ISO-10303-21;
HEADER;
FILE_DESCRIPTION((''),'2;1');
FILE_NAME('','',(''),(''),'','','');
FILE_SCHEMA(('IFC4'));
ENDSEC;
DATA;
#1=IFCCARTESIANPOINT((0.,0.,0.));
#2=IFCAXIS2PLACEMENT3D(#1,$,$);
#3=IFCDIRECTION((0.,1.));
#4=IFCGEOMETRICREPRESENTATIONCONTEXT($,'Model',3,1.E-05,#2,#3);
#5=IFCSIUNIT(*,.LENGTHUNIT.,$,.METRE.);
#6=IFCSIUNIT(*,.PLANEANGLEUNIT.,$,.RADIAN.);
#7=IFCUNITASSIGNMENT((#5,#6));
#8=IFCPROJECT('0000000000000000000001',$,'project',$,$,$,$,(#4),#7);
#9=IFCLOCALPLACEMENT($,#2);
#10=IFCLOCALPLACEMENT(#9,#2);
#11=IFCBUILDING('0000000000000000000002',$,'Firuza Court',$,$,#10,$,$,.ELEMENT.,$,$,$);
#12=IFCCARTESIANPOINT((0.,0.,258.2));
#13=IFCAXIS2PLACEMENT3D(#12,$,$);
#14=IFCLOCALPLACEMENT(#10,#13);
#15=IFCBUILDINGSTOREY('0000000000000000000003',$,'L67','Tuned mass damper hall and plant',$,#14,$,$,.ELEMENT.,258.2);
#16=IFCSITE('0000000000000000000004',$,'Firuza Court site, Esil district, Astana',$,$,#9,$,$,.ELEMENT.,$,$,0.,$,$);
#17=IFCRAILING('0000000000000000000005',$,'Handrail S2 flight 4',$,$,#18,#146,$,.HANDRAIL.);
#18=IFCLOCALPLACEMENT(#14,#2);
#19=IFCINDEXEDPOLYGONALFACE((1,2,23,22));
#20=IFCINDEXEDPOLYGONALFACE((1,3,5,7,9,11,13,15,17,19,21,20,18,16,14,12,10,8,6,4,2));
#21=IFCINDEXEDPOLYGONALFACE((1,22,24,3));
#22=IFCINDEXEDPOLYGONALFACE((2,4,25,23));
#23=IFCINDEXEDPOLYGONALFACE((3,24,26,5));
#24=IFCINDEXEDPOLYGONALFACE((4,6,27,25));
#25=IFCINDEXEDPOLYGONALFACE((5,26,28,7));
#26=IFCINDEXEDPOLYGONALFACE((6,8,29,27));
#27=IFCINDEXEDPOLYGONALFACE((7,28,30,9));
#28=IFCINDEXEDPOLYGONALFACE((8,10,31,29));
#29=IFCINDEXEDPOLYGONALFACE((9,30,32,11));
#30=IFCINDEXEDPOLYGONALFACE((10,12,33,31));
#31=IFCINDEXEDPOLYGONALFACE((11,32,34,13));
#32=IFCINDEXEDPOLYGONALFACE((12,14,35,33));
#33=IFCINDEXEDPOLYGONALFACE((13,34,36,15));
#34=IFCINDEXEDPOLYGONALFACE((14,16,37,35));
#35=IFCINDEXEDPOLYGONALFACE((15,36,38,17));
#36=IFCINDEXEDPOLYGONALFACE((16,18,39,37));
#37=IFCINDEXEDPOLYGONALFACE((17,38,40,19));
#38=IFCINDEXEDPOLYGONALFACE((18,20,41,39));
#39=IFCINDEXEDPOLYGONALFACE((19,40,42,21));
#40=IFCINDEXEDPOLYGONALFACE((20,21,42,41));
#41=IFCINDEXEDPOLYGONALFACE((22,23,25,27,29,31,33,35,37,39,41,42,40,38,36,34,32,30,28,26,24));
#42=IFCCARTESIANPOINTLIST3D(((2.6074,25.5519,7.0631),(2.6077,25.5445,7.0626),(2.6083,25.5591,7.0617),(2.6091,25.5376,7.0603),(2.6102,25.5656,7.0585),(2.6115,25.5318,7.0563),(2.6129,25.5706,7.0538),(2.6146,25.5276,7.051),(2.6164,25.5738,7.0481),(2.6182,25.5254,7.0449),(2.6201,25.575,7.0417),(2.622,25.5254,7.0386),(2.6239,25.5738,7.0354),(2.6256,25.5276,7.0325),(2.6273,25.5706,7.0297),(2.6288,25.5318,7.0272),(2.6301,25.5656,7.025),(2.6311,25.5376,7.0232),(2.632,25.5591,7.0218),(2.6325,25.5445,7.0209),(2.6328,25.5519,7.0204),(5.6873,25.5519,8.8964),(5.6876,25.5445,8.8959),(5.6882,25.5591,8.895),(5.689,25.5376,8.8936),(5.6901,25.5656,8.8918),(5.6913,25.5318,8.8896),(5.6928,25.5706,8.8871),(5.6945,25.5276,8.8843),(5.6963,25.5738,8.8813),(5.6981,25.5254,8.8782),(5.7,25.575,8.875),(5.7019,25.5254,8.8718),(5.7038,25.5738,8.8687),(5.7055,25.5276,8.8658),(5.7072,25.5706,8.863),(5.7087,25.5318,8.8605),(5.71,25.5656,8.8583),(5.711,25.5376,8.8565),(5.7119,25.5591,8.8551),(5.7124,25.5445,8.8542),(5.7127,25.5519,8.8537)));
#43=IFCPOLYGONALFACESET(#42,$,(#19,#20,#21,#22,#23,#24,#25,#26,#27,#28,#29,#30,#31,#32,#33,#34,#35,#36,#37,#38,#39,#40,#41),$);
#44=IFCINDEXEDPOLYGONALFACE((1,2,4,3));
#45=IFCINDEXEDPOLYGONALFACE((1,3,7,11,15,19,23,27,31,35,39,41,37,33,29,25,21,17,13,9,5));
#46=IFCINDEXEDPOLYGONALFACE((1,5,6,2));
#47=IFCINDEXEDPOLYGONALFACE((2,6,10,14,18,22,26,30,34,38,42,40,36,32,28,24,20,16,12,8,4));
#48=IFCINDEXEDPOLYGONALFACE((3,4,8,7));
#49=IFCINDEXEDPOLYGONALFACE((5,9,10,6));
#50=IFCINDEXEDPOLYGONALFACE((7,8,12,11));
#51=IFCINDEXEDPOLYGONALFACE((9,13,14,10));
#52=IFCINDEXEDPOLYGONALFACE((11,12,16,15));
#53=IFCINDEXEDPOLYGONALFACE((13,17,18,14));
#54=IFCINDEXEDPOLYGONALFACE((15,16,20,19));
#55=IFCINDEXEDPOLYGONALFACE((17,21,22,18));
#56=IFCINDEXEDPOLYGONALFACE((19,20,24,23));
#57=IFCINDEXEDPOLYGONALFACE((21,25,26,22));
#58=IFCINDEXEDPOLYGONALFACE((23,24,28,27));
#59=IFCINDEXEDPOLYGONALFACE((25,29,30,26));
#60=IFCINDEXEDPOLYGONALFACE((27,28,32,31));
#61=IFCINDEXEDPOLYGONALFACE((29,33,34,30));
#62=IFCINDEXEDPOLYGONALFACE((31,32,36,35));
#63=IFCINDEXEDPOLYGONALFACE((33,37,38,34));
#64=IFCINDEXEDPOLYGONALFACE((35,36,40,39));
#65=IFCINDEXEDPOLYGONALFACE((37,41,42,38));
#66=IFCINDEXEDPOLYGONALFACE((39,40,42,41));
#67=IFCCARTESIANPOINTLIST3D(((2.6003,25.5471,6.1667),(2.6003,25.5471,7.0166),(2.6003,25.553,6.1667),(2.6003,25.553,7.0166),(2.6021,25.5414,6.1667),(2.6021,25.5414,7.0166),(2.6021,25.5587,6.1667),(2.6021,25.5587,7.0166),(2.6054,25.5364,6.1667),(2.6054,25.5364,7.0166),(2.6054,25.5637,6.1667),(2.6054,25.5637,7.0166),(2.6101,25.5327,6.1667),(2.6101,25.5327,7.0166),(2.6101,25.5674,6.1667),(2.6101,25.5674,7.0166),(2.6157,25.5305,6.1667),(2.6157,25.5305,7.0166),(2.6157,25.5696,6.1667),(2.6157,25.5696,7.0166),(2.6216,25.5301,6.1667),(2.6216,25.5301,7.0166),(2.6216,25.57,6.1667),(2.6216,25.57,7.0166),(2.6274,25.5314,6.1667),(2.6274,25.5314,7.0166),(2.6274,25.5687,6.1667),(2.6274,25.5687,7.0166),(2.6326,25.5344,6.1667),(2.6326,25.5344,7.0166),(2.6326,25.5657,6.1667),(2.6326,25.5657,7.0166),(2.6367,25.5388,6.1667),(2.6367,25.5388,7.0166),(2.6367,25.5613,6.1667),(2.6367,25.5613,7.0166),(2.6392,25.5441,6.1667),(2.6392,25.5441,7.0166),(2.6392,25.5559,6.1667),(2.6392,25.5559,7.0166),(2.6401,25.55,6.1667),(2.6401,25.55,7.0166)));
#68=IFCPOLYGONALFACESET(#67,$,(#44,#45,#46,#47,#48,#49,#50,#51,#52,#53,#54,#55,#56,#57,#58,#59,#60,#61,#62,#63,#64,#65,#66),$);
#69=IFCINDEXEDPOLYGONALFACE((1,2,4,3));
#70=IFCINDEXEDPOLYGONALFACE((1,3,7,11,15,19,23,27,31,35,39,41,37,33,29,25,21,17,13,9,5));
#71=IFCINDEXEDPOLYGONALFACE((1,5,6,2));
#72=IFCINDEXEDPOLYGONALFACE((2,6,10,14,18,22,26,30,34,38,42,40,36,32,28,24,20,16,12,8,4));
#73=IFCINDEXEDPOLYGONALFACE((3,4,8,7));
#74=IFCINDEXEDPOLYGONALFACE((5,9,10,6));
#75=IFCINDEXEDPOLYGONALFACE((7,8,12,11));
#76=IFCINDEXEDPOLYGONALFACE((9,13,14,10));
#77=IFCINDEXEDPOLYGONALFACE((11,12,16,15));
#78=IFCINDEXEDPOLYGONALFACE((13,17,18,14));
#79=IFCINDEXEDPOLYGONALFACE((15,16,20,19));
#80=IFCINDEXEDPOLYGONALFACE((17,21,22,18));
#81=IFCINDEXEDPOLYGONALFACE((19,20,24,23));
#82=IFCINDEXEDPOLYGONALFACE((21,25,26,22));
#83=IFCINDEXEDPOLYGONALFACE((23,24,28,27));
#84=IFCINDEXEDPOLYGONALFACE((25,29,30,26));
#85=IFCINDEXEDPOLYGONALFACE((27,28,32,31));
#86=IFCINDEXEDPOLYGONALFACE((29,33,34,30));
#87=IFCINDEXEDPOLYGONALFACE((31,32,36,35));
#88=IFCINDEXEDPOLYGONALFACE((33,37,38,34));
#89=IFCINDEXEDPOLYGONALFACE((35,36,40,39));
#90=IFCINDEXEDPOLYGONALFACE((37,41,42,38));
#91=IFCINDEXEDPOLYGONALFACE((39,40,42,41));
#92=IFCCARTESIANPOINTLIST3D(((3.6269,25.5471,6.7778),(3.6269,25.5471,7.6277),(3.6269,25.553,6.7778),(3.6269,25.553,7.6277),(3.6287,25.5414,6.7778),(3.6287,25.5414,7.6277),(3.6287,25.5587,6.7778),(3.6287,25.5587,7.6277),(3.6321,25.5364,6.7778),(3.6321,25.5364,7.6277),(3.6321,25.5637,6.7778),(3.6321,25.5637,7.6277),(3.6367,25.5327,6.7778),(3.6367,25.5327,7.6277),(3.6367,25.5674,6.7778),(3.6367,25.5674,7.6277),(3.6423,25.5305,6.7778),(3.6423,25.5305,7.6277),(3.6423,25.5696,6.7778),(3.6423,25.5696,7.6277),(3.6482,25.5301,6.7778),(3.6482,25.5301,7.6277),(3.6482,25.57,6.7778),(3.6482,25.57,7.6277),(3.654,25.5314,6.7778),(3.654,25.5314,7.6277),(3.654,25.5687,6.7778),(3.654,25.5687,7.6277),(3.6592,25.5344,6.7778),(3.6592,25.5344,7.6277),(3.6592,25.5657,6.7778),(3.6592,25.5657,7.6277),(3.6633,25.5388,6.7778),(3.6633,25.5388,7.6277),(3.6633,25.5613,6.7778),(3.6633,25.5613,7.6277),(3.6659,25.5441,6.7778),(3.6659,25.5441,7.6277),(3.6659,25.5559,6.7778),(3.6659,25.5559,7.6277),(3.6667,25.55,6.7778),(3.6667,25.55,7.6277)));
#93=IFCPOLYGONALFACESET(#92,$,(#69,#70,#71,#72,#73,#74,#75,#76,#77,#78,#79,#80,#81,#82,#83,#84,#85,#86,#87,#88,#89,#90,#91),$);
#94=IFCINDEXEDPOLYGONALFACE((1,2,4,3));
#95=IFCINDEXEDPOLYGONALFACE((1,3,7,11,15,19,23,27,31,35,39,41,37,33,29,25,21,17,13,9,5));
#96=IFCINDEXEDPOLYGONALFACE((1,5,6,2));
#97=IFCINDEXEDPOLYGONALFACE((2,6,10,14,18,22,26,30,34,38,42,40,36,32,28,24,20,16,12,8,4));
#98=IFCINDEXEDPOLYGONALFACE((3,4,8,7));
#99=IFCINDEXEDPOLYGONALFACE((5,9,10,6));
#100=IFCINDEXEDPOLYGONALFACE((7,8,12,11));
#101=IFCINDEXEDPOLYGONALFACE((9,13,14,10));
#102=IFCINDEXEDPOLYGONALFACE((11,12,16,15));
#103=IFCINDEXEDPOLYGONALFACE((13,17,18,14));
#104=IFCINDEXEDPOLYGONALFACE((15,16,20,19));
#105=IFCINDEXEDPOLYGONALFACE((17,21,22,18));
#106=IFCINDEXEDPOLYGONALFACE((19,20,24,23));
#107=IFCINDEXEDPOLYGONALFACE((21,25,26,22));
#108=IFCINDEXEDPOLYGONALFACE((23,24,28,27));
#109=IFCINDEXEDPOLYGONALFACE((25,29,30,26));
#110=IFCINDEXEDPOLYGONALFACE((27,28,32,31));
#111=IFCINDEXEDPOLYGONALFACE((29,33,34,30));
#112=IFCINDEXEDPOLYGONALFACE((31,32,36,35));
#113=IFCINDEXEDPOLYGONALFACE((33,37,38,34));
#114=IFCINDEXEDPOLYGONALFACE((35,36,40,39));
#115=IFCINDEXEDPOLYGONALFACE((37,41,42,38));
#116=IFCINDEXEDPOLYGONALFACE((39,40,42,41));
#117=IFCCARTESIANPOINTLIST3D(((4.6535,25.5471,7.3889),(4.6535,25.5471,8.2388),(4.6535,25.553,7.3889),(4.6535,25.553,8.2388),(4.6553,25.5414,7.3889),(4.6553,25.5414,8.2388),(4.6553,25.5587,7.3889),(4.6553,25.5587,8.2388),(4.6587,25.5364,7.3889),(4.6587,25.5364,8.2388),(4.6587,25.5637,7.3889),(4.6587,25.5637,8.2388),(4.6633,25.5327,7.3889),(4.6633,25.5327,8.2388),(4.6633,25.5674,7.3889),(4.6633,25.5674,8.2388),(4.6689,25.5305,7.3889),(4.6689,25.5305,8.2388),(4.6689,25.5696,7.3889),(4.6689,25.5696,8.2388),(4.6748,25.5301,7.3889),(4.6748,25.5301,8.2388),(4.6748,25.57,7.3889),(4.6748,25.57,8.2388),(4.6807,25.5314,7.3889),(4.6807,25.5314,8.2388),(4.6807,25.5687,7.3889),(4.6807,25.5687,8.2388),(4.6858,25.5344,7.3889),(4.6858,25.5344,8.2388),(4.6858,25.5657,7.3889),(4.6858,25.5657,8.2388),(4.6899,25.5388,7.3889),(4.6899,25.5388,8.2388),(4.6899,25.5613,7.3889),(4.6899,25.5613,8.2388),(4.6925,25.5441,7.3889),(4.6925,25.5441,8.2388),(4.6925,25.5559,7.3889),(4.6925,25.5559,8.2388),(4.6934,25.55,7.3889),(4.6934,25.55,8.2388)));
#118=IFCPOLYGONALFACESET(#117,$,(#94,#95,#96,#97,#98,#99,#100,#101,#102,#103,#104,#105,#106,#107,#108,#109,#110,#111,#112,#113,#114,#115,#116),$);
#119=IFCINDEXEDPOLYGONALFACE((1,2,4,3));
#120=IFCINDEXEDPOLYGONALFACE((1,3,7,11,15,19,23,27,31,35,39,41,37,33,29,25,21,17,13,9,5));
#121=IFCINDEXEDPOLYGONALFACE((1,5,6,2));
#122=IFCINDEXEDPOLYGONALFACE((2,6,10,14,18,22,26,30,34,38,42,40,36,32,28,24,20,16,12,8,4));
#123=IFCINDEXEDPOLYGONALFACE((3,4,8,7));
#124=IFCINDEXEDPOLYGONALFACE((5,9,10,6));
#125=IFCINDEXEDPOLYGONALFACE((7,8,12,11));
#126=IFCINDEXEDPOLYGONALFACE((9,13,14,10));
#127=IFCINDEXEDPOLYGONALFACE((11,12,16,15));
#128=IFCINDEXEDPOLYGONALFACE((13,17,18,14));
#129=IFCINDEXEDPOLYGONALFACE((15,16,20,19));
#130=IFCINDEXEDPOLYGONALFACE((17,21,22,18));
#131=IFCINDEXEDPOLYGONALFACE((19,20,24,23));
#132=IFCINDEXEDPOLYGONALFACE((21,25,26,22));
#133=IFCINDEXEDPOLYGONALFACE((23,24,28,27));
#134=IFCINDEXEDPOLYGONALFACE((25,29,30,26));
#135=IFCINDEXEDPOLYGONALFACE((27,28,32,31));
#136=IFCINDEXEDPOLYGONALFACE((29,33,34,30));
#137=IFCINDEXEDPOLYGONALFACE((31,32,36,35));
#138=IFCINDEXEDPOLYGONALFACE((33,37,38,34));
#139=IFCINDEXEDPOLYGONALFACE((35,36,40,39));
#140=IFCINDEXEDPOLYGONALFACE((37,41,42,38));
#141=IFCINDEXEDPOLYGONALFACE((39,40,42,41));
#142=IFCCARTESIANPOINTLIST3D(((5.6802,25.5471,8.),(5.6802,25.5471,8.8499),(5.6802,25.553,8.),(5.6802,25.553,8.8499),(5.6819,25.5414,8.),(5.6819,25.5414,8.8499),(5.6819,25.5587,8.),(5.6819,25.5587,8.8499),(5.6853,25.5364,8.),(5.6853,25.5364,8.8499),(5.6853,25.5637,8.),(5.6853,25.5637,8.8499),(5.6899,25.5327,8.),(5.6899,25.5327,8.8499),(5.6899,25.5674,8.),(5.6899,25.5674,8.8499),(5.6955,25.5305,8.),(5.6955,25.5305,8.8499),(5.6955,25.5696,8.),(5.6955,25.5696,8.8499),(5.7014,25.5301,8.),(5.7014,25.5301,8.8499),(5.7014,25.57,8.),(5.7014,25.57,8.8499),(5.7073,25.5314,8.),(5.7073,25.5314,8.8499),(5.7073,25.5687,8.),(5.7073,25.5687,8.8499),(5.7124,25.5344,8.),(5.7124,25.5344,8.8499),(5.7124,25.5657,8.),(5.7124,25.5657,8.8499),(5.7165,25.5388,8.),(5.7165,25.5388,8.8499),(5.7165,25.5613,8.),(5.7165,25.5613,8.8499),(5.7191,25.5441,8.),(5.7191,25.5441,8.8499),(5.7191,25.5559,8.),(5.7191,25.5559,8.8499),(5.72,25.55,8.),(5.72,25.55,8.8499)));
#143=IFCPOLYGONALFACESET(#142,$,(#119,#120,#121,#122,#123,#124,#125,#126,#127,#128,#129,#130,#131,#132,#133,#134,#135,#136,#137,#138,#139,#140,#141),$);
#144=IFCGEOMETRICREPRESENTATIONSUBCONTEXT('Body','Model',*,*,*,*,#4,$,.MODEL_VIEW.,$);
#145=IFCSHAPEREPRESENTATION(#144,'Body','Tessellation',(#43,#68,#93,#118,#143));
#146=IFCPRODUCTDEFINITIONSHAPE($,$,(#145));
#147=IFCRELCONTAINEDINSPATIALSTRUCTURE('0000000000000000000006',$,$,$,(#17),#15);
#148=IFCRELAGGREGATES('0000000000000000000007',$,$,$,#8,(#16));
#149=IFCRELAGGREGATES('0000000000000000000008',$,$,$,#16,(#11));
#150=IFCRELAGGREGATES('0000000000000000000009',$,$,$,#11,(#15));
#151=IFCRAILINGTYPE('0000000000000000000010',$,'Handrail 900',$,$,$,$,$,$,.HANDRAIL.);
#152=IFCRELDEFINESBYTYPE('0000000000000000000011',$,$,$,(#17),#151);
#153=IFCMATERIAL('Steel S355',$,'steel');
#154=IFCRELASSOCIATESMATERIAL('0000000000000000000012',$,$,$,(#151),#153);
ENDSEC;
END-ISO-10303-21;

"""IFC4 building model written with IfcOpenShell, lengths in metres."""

from ifc_helpers import new_model, si_unit, direction, frame, origin, origin_2d, place, context, subcontext, project, spatial, circle, extrude, material, type_object, element, save


model = new_model("IFC4")

# Units and contexts
model_context = context("Model", 3, precision=1e-05, world=origin(), true_north=direction((0.0, 1.0)))
body_context = subcontext(model_context, "Body", "Model", "MODEL_VIEW")
ifc_project = project(units=[si_unit("LENGTHUNIT", "METRE"), si_unit("PLANEANGLEUNIT", "RADIAN")], contexts=[model_context])

# Site, building, storey
site_placement = place(None, origin())
site = spatial("IfcSite", under=ifc_project, at=site_placement, Name="Firuza Court site, Esil district, Astana", CompositionType="ELEMENT", RefElevation=0.0)
building_placement = place(site_placement, origin())
building = spatial("IfcBuilding", under=site, at=building_placement, Name="Firuza Court", CompositionType="ELEMENT")
storey_placement = place(building_placement, frame((0.0, 0.0, 258.2)))
storey = spatial("IfcBuildingStorey", under=building, at=storey_placement, Name="L67", Description="Tuned mass damper hall and plant", CompositionType="ELEMENT", Elevation=258.2)

# Railing
ifc_material_1 = material(Name="Steel S355", Category="steel")
railing_type_1 = type_object("IfcRailingType", Name="Handrail 900", PredefinedType="HANDRAIL", material=ifc_material_1)
railing_1_placement = place(storey_placement, frame((2.6201, 25.55, 6.1667)))
element("IfcRailing", 1, at=railing_1_placement, inside=storey, type_object=railing_type_1, Name="Handrail S2 flight 4", PredefinedType="HANDRAIL", context=body_context, shape_type="SweptSolid", body=[
    extrude(circle(Radius=0.0249, at=origin_2d()), frame((0.0, 0.0, 0.875), z_axis=(0.859291, 0.0, 0.511487), x_axis=(0.0, 1.0, 0.0)), (0.0, 0.0, 1.0), 3.5842),
    extrude(circle(Radius=0.02, at=origin_2d()), origin(), (0.0, 0.0, 1.0), 0.8499),
    extrude(circle(Radius=0.02, at=origin_2d()), frame((1.0266, 0.0, 0.6111)), (0.0, 0.0, 1.0), 0.8499),
    extrude(circle(Radius=0.02, at=origin_2d()), frame((2.0532, 0.0, 1.2222)), (0.0, 0.0, 1.0), 0.8499),
    extrude(circle(Radius=0.02, at=origin_2d()), frame((3.0798, 0.0, 1.8333)), (0.0, 0.0, 1.0), 0.8499),
])

save(model, "model.ifc")
